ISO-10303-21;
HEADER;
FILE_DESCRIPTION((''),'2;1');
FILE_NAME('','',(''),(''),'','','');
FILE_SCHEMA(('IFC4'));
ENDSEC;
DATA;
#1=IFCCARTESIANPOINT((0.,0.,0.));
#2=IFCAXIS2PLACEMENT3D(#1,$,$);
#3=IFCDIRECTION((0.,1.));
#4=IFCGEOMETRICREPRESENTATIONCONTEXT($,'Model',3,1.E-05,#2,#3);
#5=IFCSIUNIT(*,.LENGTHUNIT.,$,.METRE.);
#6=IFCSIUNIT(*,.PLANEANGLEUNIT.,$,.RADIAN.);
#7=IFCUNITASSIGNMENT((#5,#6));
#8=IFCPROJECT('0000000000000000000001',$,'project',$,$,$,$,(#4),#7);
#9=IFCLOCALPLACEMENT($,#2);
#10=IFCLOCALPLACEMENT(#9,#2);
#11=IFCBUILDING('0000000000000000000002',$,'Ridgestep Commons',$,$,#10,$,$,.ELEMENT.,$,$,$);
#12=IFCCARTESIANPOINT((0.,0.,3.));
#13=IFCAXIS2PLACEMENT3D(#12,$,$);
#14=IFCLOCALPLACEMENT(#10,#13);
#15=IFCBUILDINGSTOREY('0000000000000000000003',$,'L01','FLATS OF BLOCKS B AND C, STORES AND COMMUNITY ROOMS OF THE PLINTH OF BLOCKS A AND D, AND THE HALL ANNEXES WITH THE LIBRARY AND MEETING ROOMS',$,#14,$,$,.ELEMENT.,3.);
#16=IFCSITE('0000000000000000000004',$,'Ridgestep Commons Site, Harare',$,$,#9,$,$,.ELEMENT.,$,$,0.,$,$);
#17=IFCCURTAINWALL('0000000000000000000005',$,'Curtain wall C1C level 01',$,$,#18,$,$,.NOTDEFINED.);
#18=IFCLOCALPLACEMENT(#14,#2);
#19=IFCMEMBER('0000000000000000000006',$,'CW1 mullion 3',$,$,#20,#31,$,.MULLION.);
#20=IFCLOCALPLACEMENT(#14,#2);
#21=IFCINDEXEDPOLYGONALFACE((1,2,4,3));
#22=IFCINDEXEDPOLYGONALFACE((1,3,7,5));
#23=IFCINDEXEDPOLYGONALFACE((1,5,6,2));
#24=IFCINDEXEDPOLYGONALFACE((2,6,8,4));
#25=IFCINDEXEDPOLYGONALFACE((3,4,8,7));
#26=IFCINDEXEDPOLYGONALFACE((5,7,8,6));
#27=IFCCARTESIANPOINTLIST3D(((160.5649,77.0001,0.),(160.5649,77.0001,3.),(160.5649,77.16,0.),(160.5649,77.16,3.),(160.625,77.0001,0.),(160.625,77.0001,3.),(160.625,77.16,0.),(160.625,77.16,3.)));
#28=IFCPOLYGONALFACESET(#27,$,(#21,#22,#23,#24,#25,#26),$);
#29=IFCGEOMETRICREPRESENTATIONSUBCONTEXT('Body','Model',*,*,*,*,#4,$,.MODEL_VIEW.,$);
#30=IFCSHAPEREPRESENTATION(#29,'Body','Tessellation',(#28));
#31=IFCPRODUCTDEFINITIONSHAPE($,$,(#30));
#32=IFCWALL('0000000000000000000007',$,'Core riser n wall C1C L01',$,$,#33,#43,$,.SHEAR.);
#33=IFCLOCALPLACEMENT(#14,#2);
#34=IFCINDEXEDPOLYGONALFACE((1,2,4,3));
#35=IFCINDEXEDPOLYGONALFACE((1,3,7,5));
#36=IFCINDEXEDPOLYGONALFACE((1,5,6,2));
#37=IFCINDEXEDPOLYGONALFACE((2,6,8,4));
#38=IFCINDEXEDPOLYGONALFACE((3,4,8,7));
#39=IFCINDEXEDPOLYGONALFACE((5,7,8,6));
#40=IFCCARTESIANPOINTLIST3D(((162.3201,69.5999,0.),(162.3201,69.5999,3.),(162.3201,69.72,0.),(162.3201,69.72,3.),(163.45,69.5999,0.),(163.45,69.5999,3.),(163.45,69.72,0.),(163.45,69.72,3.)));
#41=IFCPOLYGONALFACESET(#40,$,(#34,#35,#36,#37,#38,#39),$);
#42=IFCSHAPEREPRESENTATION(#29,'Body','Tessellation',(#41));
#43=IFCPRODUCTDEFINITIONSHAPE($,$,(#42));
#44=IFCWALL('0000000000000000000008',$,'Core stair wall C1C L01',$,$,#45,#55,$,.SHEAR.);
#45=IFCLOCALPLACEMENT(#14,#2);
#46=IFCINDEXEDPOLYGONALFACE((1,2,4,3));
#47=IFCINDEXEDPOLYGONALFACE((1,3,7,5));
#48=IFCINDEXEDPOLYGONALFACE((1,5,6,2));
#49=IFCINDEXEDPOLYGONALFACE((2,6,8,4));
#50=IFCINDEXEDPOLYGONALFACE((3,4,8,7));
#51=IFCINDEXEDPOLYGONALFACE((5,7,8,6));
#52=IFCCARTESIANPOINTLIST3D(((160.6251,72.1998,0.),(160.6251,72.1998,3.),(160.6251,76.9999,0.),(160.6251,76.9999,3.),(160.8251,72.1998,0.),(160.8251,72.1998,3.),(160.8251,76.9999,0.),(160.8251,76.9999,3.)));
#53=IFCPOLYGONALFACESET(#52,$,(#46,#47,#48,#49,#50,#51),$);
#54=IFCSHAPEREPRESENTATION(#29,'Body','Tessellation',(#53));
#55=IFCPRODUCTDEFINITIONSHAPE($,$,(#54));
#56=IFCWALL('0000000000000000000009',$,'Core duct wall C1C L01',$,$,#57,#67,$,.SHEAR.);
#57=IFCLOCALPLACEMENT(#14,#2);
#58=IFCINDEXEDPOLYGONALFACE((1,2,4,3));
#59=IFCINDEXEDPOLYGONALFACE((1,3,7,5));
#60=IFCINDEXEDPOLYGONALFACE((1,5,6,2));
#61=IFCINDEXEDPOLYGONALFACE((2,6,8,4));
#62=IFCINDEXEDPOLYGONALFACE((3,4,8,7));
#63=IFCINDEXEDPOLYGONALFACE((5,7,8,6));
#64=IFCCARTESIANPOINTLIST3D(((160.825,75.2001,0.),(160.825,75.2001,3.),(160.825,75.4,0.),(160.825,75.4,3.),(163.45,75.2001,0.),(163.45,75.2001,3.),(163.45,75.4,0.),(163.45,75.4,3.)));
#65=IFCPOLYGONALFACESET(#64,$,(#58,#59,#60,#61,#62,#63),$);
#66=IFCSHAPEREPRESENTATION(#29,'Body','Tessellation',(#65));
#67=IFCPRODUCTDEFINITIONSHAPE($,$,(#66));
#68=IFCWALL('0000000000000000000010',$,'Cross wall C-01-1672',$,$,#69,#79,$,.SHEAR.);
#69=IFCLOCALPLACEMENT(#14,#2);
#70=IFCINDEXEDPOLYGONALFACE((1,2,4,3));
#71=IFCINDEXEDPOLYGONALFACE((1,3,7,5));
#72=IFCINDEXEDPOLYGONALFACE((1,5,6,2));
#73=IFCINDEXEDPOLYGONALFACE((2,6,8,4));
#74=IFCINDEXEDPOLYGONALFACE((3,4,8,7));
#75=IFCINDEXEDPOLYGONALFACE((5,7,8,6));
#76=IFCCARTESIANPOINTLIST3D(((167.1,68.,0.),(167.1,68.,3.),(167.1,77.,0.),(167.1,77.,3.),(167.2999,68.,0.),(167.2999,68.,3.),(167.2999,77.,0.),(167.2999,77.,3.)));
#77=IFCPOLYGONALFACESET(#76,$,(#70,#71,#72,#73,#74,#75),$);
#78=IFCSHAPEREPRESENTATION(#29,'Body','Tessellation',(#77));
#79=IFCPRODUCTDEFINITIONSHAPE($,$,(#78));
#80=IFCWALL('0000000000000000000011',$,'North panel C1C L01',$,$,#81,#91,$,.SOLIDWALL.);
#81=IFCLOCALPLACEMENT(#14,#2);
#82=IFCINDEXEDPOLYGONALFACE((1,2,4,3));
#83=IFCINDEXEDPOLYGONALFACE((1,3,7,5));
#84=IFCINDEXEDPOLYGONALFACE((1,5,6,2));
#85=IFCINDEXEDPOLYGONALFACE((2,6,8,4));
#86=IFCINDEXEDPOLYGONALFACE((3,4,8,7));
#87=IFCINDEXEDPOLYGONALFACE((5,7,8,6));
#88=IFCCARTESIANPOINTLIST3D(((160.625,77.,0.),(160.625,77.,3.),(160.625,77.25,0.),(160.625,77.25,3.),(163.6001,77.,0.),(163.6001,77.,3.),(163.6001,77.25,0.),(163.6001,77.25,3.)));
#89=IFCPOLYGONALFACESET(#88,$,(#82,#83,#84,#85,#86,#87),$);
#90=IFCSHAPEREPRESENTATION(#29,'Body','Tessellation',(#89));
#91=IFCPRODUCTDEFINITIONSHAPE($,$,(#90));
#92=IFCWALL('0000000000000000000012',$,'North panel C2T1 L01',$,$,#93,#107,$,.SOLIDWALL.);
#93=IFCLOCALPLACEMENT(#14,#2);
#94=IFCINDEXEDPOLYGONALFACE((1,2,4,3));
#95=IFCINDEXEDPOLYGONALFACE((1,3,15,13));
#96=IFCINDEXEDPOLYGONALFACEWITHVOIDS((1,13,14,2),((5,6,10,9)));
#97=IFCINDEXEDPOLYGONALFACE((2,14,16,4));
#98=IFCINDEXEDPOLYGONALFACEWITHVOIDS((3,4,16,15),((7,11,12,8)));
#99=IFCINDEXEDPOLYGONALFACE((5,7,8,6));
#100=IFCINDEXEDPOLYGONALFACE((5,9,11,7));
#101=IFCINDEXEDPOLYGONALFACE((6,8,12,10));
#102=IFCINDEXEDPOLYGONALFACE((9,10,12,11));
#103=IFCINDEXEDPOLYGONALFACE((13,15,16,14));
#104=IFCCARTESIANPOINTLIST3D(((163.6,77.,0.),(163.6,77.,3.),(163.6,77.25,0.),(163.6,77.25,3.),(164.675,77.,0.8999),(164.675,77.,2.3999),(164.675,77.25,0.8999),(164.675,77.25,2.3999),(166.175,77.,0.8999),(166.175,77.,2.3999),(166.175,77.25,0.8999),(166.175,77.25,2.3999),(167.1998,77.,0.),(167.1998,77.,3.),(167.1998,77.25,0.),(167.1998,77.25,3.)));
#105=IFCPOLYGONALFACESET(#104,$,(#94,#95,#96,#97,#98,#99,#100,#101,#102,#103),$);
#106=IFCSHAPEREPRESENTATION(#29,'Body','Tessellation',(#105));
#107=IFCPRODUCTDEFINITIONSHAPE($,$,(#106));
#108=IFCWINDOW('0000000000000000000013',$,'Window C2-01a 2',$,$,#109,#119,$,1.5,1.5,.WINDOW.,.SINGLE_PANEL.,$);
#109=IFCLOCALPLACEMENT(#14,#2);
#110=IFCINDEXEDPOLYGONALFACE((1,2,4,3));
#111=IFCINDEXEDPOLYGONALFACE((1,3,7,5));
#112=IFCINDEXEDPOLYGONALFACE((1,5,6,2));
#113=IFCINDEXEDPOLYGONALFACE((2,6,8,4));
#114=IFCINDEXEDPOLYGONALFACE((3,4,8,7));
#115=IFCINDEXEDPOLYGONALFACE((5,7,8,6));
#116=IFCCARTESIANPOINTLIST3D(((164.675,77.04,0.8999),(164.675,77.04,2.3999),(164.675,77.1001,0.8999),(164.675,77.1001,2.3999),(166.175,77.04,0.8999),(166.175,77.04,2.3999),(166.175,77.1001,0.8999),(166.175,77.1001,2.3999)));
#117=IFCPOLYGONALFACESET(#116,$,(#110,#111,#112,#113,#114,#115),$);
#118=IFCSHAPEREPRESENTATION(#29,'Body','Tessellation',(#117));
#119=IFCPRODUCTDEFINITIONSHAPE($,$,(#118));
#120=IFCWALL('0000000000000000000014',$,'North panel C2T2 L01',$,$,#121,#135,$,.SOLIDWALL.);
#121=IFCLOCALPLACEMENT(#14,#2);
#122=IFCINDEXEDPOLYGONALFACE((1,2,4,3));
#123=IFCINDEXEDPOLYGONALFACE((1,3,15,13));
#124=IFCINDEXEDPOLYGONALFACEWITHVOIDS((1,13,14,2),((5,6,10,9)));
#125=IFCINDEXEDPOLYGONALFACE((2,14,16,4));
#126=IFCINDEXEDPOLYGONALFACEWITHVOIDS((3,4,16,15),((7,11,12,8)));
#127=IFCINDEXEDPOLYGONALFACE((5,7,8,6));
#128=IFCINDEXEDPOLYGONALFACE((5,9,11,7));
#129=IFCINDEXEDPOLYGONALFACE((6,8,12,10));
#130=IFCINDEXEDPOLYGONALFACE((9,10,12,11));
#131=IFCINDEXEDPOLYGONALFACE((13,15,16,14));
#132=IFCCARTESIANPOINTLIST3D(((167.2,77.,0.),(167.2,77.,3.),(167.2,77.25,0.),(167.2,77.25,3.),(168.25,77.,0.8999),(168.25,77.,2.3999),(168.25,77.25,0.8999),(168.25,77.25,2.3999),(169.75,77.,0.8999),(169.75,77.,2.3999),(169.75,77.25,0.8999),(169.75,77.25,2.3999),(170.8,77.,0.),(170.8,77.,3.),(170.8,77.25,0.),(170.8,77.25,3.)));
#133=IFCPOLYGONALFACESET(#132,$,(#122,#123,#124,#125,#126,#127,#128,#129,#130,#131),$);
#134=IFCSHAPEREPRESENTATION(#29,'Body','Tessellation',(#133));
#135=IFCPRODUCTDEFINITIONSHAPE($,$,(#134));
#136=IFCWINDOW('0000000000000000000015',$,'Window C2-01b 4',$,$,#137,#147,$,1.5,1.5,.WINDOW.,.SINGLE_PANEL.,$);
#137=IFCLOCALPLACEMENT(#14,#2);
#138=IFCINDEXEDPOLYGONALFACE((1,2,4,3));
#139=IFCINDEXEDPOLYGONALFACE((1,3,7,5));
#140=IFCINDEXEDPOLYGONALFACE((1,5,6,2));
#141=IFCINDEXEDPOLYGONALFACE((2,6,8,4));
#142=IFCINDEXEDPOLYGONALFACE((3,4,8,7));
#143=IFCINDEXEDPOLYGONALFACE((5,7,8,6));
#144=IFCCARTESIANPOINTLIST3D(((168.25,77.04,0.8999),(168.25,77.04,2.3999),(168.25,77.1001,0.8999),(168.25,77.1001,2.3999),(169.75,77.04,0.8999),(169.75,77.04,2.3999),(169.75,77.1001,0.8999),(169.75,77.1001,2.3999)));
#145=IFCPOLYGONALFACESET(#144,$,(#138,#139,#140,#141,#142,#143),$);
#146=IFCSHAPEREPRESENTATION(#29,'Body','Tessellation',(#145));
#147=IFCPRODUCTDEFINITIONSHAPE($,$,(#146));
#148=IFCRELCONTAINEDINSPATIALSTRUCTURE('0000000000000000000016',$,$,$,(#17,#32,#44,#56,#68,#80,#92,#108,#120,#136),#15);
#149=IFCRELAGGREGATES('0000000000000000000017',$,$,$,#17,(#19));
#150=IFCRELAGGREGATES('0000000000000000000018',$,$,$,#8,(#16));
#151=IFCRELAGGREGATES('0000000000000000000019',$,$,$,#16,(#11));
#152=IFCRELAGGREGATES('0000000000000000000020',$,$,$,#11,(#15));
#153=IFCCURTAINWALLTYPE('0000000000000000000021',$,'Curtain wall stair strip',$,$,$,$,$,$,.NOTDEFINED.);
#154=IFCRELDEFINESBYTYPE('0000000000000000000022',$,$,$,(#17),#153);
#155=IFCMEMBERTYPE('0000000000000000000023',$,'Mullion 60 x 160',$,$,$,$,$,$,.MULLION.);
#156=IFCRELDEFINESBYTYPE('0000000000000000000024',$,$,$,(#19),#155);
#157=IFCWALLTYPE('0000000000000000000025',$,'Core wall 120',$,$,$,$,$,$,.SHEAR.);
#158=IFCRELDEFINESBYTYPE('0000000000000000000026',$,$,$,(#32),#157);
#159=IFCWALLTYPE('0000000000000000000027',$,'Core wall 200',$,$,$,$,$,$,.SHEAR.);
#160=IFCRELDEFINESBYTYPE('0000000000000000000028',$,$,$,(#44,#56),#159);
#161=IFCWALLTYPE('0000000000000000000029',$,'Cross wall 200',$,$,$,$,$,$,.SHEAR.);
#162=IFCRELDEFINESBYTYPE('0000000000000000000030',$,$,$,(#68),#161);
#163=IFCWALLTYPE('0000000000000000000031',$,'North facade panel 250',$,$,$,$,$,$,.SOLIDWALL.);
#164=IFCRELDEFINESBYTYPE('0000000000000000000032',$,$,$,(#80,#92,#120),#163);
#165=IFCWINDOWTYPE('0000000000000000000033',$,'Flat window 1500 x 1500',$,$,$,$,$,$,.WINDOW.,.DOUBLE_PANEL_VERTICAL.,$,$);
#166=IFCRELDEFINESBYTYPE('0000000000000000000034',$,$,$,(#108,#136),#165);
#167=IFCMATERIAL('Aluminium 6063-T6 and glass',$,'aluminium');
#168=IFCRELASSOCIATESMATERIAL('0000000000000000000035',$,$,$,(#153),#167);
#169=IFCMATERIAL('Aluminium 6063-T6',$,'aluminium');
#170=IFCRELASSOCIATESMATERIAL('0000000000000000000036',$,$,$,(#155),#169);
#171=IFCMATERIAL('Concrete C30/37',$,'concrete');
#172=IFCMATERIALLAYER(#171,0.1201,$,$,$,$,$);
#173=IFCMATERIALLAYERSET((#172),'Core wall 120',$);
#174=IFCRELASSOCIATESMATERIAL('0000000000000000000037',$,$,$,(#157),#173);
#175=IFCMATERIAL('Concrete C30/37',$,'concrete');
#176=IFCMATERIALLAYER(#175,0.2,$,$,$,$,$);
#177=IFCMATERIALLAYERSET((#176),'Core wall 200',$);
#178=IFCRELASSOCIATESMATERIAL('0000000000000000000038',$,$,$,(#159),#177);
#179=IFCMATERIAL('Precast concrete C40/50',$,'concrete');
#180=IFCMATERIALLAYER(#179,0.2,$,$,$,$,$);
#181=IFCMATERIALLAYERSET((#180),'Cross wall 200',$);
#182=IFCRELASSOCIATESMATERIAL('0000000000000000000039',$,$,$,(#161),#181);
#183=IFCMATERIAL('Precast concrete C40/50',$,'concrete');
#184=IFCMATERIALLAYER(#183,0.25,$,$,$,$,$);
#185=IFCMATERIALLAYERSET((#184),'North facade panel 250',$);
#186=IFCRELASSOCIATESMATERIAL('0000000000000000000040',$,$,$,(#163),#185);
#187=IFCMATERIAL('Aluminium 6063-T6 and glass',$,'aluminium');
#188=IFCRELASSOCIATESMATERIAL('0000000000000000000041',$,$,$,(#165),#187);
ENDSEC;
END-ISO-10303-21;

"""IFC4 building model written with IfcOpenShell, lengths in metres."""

from ifc_helpers import new_model, si_unit, direction, frame, frame_2d, origin, origin_2d, place, context, subcontext, project, spatial, rectangle, extrude, material, layer, layer_set, material_profile, profile_set, type_object, element, fill, aggregate, save


model = new_model("IFC4")

# Units and contexts
model_context = context("Model", 3, precision=1e-05, world=origin(), true_north=direction((0.0, 1.0)))
body_context = subcontext(model_context, "Body", "Model", "MODEL_VIEW")
ifc_project = project(units=[si_unit("LENGTHUNIT", "METRE"), si_unit("PLANEANGLEUNIT", "RADIAN")], contexts=[model_context])

# Site, building, storey
site_placement = place(None, origin())
site = spatial("IfcSite", under=ifc_project, at=site_placement, Name="Ridgestep Commons Site, Harare", CompositionType="ELEMENT", RefElevation=0.0)
building_placement = place(site_placement, origin())
building = spatial("IfcBuilding", under=site, at=building_placement, Name="Ridgestep Commons", CompositionType="ELEMENT")
storey_placement = place(building_placement, frame((0.0, 0.0, 3.0)))
storey = spatial("IfcBuildingStorey", under=building, at=storey_placement, Name="L01", Description="FLATS OF BLOCKS B AND C, STORES AND COMMUNITY ROOMS OF THE PLINTH OF BLOCKS A AND D, AND THE HALL ANNEXES WITH THE LIBRARY AND MEETING ROOMS", CompositionType="ELEMENT", Elevation=3.0)

# Curtain wall, member
ifc_material_1 = material(Name="Aluminium 6063-T6 and glass", Category="aluminium")
curtain_wall_type = type_object("IfcCurtainWallType", Name="Curtain wall stair strip", PredefinedType="NOTDEFINED", material=ifc_material_1)
curtain_wall_placement = place(storey_placement, origin())
curtain_wall = element("IfcCurtainWall", 1, at=curtain_wall_placement, inside=storey, type_object=curtain_wall_type, Name="Curtain wall C1C level 01", PredefinedType="NOTDEFINED")
ifc_material_2 = material(Name="Aluminium 6063-T6", Category="aluminium")
ifc_material_profile = material_profile(ifc_material_2, rectangle(XDim=0.1599, YDim=0.0601, at=origin_2d()), Name="Mullion 60 x 160")
ifc_profile_set = profile_set([ifc_material_profile], Name="Aluminium 6063-T6")
member_type = type_object("IfcMemberType", Name="Mullion 60 x 160", PredefinedType="MULLION", material=ifc_profile_set)
member_placement = place(storey_placement, frame((160.595, 77.0801, 0.0), z_axis=(0.0, 0.0, 1.0), x_axis=(0.0, 1.0, 0.0)))
member = element("IfcMember", 2, at=member_placement, type_object=member_type, Name="CW1 mullion 3", PredefinedType="MULLION", context=body_context, shape_type="SweptSolid", body=[
    extrude(rectangle(XDim=0.1599, YDim=0.0601, at=origin_2d()), origin(), (0.0, 0.0, 1.0), 3.0),
])
aggregate(curtain_wall, [member])

# Walls
ifc_material_3 = material(Name="Concrete C30/37", Category="concrete")
ifc_layer_1 = layer(ifc_material_3, 0.1201)
ifc_layer_set_1 = layer_set([ifc_layer_1], Name="Core wall 120")
wall_type_1 = type_object("IfcWallType", Name="Core wall 120", PredefinedType="SHEAR", material=ifc_layer_set_1)
wall_1_placement = place(storey_placement, frame((162.3201, 69.6599, 0.0), z_axis=(0.0, 0.0, 1.0), x_axis=(1.0, 0.0, 0.0)))
element("IfcWall", 3, at=wall_1_placement, inside=storey, type_object=wall_type_1, Name="Core riser n wall C1C L01", PredefinedType="SHEAR", context=body_context, shape_type="SweptSolid", body=[
    extrude(rectangle(XDim=1.1299, YDim=0.1201, at=frame_2d((0.5649, 0.0))), origin(), (0.0, 0.0, 1.0), 3.0),
])
ifc_material_4 = material(Name="Concrete C30/37", Category="concrete")
ifc_layer_2 = layer(ifc_material_4, 0.2)
ifc_layer_set_2 = layer_set([ifc_layer_2], Name="Core wall 200")
wall_type_2 = type_object("IfcWallType", Name="Core wall 200", PredefinedType="SHEAR", material=ifc_layer_set_2)
wall_2_placement = place(storey_placement, frame((160.7251, 72.2, 0.0), z_axis=(0.0, 0.0, 1.0), x_axis=(0.0, 1.0, 0.0)))
element("IfcWall", 4, at=wall_2_placement, inside=storey, type_object=wall_type_2, Name="Core stair wall C1C L01", PredefinedType="SHEAR", context=body_context, shape_type="SweptSolid", body=[
    extrude(rectangle(XDim=4.8, YDim=0.2, at=frame_2d((2.3999, 0.0))), origin(), (0.0, 0.0, 1.0), 3.0),
])
wall_3_placement = place(storey_placement, frame((160.825, 75.3, 0.0), z_axis=(0.0, 0.0, 1.0), x_axis=(1.0, 0.0, 0.0)))
element("IfcWall", 5, at=wall_3_placement, inside=storey, type_object=wall_type_2, Name="Core duct wall C1C L01", PredefinedType="SHEAR", context=body_context, shape_type="SweptSolid", body=[
    extrude(rectangle(XDim=2.625, YDim=0.2, at=frame_2d((1.3125, 0.0))), origin(), (0.0, 0.0, 1.0), 3.0),
])
ifc_material_5 = material(Name="Precast concrete C40/50", Category="concrete")
ifc_layer_3 = layer(ifc_material_5, 0.2)
ifc_layer_set_3 = layer_set([ifc_layer_3], Name="Cross wall 200")
wall_type_3 = type_object("IfcWallType", Name="Cross wall 200", PredefinedType="SHEAR", material=ifc_layer_set_3)
wall_4_placement = place(storey_placement, frame((167.2, 68.0, 0.0), z_axis=(0.0, 0.0, 1.0), x_axis=(0.0, 1.0, 0.0)))
element("IfcWall", 6, at=wall_4_placement, inside=storey, type_object=wall_type_3, Name="Cross wall C-01-1672", PredefinedType="SHEAR", context=body_context, shape_type="SweptSolid", body=[
    extrude(rectangle(XDim=9.0, YDim=0.2, at=frame_2d((4.5, 0.0))), origin(), (0.0, 0.0, 1.0), 3.0),
])
ifc_material_6 = material(Name="Precast concrete C40/50", Category="concrete")
ifc_layer_4 = layer(ifc_material_6, 0.25)
ifc_layer_set_4 = layer_set([ifc_layer_4], Name="North facade panel 250")
wall_type_4 = type_object("IfcWallType", Name="North facade panel 250", PredefinedType="SOLIDWALL", material=ifc_layer_set_4)
wall_5_placement = place(storey_placement, frame((160.625, 77.125, 0.0), z_axis=(0.0, 0.0, 1.0), x_axis=(1.0, 0.0, 0.0)))
element("IfcWall", 7, at=wall_5_placement, inside=storey, type_object=wall_type_4, Name="North panel C1C L01", PredefinedType="SOLIDWALL", context=body_context, shape_type="SweptSolid", body=[
    extrude(rectangle(XDim=2.9751, YDim=0.25, at=frame_2d((1.4875, 0.0))), origin(), (0.0, 0.0, 1.0), 3.0),
])

# Walls, openings, windows
wall_6_placement = place(storey_placement, frame((163.6001, 77.125, 0.0), z_axis=(0.0, 0.0, 1.0), x_axis=(1.0, 0.0, 0.0)))
wall_6 = element("IfcWall", 8, at=wall_6_placement, inside=storey, type_object=wall_type_4, Name="North panel C2T1 L01", PredefinedType="SOLIDWALL", context=body_context, shape_type="SweptSolid", body=[
    extrude(rectangle(XDim=3.5999, YDim=0.25, at=frame_2d((1.7998, 0.0))), origin(), (0.0, 0.0, 1.0), 3.0),
])
opening_1_placement = place(wall_6_placement, frame((1.075, 0.0, 0.8999)))
opening_1 = element("IfcOpeningElement", 9, at=opening_1_placement, cuts=wall_6, PredefinedType="OPENING", context=body_context, shape_type="SweptSolid", body=[
    extrude(rectangle(XDim=1.5, YDim=1.5, at=frame_2d((0.75, 0.75))), frame((0.0, 0.135, 0.0), z_axis=(0.0, -1.0, 0.0), x_axis=(1.0, 0.0, 0.0)), (0.0, 0.0, 1.0), 0.27),
])
ifc_material_7 = material(Name="Aluminium 6063-T6 and glass", Category="aluminium")
window_type = type_object("IfcWindowType", Name="Flat window 1500 x 1500", PartitioningType="DOUBLE_PANEL_VERTICAL", PredefinedType="WINDOW", material=ifc_material_7)
window_1_placement = place(opening_1_placement, origin())
window_1 = element("IfcWindow", 10, at=window_1_placement, inside=storey, type_object=window_type, Name="Window C2-01a 2", OverallHeight=1.5, OverallWidth=1.5, PartitioningType="SINGLE_PANEL", PredefinedType="WINDOW", context=body_context, shape_type="SweptSolid", body=[
    extrude(rectangle(XDim=1.5, YDim=1.5, at=frame_2d((0.75, 0.75))), frame((0.0, -0.0249, 0.0), z_axis=(0.0, -1.0, 0.0), x_axis=(1.0, 0.0, 0.0)), (0.0, 0.0, 1.0), 0.0601),
])
fill(opening_1, window_1)
wall_7_placement = place(storey_placement, frame((167.2, 77.125, 0.0), z_axis=(0.0, 0.0, 1.0), x_axis=(1.0, 0.0, 0.0)))
wall_7 = element("IfcWall", 11, at=wall_7_placement, inside=storey, type_object=wall_type_4, Name="North panel C2T2 L01", PredefinedType="SOLIDWALL", context=body_context, shape_type="SweptSolid", body=[
    extrude(rectangle(XDim=3.6001, YDim=0.25, at=frame_2d((1.8, 0.0))), origin(), (0.0, 0.0, 1.0), 3.0),
])
opening_2_placement = place(wall_7_placement, frame((1.05, 0.0, 0.8999)))
opening_2 = element("IfcOpeningElement", 12, at=opening_2_placement, cuts=wall_7, PredefinedType="OPENING", context=body_context, shape_type="SweptSolid", body=[
    extrude(rectangle(XDim=1.5, YDim=1.5, at=frame_2d((0.75, 0.75))), frame((0.0, 0.135, 0.0), z_axis=(0.0, -1.0, 0.0), x_axis=(1.0, 0.0, 0.0)), (0.0, 0.0, 1.0), 0.27),
])
window_2_placement = place(opening_2_placement, origin())
window_2 = element("IfcWindow", 13, at=window_2_placement, inside=storey, type_object=window_type, Name="Window C2-01b 4", OverallHeight=1.5, OverallWidth=1.5, PartitioningType="SINGLE_PANEL", PredefinedType="WINDOW", context=body_context, shape_type="SweptSolid", body=[
    extrude(rectangle(XDim=1.5, YDim=1.5, at=frame_2d((0.75, 0.75))), frame((0.0, -0.0249, 0.0), z_axis=(0.0, -1.0, 0.0), x_axis=(1.0, 0.0, 0.0)), (0.0, 0.0, 1.0), 0.0601),
])
fill(opening_2, window_2)

save(model, "model.ifc")
